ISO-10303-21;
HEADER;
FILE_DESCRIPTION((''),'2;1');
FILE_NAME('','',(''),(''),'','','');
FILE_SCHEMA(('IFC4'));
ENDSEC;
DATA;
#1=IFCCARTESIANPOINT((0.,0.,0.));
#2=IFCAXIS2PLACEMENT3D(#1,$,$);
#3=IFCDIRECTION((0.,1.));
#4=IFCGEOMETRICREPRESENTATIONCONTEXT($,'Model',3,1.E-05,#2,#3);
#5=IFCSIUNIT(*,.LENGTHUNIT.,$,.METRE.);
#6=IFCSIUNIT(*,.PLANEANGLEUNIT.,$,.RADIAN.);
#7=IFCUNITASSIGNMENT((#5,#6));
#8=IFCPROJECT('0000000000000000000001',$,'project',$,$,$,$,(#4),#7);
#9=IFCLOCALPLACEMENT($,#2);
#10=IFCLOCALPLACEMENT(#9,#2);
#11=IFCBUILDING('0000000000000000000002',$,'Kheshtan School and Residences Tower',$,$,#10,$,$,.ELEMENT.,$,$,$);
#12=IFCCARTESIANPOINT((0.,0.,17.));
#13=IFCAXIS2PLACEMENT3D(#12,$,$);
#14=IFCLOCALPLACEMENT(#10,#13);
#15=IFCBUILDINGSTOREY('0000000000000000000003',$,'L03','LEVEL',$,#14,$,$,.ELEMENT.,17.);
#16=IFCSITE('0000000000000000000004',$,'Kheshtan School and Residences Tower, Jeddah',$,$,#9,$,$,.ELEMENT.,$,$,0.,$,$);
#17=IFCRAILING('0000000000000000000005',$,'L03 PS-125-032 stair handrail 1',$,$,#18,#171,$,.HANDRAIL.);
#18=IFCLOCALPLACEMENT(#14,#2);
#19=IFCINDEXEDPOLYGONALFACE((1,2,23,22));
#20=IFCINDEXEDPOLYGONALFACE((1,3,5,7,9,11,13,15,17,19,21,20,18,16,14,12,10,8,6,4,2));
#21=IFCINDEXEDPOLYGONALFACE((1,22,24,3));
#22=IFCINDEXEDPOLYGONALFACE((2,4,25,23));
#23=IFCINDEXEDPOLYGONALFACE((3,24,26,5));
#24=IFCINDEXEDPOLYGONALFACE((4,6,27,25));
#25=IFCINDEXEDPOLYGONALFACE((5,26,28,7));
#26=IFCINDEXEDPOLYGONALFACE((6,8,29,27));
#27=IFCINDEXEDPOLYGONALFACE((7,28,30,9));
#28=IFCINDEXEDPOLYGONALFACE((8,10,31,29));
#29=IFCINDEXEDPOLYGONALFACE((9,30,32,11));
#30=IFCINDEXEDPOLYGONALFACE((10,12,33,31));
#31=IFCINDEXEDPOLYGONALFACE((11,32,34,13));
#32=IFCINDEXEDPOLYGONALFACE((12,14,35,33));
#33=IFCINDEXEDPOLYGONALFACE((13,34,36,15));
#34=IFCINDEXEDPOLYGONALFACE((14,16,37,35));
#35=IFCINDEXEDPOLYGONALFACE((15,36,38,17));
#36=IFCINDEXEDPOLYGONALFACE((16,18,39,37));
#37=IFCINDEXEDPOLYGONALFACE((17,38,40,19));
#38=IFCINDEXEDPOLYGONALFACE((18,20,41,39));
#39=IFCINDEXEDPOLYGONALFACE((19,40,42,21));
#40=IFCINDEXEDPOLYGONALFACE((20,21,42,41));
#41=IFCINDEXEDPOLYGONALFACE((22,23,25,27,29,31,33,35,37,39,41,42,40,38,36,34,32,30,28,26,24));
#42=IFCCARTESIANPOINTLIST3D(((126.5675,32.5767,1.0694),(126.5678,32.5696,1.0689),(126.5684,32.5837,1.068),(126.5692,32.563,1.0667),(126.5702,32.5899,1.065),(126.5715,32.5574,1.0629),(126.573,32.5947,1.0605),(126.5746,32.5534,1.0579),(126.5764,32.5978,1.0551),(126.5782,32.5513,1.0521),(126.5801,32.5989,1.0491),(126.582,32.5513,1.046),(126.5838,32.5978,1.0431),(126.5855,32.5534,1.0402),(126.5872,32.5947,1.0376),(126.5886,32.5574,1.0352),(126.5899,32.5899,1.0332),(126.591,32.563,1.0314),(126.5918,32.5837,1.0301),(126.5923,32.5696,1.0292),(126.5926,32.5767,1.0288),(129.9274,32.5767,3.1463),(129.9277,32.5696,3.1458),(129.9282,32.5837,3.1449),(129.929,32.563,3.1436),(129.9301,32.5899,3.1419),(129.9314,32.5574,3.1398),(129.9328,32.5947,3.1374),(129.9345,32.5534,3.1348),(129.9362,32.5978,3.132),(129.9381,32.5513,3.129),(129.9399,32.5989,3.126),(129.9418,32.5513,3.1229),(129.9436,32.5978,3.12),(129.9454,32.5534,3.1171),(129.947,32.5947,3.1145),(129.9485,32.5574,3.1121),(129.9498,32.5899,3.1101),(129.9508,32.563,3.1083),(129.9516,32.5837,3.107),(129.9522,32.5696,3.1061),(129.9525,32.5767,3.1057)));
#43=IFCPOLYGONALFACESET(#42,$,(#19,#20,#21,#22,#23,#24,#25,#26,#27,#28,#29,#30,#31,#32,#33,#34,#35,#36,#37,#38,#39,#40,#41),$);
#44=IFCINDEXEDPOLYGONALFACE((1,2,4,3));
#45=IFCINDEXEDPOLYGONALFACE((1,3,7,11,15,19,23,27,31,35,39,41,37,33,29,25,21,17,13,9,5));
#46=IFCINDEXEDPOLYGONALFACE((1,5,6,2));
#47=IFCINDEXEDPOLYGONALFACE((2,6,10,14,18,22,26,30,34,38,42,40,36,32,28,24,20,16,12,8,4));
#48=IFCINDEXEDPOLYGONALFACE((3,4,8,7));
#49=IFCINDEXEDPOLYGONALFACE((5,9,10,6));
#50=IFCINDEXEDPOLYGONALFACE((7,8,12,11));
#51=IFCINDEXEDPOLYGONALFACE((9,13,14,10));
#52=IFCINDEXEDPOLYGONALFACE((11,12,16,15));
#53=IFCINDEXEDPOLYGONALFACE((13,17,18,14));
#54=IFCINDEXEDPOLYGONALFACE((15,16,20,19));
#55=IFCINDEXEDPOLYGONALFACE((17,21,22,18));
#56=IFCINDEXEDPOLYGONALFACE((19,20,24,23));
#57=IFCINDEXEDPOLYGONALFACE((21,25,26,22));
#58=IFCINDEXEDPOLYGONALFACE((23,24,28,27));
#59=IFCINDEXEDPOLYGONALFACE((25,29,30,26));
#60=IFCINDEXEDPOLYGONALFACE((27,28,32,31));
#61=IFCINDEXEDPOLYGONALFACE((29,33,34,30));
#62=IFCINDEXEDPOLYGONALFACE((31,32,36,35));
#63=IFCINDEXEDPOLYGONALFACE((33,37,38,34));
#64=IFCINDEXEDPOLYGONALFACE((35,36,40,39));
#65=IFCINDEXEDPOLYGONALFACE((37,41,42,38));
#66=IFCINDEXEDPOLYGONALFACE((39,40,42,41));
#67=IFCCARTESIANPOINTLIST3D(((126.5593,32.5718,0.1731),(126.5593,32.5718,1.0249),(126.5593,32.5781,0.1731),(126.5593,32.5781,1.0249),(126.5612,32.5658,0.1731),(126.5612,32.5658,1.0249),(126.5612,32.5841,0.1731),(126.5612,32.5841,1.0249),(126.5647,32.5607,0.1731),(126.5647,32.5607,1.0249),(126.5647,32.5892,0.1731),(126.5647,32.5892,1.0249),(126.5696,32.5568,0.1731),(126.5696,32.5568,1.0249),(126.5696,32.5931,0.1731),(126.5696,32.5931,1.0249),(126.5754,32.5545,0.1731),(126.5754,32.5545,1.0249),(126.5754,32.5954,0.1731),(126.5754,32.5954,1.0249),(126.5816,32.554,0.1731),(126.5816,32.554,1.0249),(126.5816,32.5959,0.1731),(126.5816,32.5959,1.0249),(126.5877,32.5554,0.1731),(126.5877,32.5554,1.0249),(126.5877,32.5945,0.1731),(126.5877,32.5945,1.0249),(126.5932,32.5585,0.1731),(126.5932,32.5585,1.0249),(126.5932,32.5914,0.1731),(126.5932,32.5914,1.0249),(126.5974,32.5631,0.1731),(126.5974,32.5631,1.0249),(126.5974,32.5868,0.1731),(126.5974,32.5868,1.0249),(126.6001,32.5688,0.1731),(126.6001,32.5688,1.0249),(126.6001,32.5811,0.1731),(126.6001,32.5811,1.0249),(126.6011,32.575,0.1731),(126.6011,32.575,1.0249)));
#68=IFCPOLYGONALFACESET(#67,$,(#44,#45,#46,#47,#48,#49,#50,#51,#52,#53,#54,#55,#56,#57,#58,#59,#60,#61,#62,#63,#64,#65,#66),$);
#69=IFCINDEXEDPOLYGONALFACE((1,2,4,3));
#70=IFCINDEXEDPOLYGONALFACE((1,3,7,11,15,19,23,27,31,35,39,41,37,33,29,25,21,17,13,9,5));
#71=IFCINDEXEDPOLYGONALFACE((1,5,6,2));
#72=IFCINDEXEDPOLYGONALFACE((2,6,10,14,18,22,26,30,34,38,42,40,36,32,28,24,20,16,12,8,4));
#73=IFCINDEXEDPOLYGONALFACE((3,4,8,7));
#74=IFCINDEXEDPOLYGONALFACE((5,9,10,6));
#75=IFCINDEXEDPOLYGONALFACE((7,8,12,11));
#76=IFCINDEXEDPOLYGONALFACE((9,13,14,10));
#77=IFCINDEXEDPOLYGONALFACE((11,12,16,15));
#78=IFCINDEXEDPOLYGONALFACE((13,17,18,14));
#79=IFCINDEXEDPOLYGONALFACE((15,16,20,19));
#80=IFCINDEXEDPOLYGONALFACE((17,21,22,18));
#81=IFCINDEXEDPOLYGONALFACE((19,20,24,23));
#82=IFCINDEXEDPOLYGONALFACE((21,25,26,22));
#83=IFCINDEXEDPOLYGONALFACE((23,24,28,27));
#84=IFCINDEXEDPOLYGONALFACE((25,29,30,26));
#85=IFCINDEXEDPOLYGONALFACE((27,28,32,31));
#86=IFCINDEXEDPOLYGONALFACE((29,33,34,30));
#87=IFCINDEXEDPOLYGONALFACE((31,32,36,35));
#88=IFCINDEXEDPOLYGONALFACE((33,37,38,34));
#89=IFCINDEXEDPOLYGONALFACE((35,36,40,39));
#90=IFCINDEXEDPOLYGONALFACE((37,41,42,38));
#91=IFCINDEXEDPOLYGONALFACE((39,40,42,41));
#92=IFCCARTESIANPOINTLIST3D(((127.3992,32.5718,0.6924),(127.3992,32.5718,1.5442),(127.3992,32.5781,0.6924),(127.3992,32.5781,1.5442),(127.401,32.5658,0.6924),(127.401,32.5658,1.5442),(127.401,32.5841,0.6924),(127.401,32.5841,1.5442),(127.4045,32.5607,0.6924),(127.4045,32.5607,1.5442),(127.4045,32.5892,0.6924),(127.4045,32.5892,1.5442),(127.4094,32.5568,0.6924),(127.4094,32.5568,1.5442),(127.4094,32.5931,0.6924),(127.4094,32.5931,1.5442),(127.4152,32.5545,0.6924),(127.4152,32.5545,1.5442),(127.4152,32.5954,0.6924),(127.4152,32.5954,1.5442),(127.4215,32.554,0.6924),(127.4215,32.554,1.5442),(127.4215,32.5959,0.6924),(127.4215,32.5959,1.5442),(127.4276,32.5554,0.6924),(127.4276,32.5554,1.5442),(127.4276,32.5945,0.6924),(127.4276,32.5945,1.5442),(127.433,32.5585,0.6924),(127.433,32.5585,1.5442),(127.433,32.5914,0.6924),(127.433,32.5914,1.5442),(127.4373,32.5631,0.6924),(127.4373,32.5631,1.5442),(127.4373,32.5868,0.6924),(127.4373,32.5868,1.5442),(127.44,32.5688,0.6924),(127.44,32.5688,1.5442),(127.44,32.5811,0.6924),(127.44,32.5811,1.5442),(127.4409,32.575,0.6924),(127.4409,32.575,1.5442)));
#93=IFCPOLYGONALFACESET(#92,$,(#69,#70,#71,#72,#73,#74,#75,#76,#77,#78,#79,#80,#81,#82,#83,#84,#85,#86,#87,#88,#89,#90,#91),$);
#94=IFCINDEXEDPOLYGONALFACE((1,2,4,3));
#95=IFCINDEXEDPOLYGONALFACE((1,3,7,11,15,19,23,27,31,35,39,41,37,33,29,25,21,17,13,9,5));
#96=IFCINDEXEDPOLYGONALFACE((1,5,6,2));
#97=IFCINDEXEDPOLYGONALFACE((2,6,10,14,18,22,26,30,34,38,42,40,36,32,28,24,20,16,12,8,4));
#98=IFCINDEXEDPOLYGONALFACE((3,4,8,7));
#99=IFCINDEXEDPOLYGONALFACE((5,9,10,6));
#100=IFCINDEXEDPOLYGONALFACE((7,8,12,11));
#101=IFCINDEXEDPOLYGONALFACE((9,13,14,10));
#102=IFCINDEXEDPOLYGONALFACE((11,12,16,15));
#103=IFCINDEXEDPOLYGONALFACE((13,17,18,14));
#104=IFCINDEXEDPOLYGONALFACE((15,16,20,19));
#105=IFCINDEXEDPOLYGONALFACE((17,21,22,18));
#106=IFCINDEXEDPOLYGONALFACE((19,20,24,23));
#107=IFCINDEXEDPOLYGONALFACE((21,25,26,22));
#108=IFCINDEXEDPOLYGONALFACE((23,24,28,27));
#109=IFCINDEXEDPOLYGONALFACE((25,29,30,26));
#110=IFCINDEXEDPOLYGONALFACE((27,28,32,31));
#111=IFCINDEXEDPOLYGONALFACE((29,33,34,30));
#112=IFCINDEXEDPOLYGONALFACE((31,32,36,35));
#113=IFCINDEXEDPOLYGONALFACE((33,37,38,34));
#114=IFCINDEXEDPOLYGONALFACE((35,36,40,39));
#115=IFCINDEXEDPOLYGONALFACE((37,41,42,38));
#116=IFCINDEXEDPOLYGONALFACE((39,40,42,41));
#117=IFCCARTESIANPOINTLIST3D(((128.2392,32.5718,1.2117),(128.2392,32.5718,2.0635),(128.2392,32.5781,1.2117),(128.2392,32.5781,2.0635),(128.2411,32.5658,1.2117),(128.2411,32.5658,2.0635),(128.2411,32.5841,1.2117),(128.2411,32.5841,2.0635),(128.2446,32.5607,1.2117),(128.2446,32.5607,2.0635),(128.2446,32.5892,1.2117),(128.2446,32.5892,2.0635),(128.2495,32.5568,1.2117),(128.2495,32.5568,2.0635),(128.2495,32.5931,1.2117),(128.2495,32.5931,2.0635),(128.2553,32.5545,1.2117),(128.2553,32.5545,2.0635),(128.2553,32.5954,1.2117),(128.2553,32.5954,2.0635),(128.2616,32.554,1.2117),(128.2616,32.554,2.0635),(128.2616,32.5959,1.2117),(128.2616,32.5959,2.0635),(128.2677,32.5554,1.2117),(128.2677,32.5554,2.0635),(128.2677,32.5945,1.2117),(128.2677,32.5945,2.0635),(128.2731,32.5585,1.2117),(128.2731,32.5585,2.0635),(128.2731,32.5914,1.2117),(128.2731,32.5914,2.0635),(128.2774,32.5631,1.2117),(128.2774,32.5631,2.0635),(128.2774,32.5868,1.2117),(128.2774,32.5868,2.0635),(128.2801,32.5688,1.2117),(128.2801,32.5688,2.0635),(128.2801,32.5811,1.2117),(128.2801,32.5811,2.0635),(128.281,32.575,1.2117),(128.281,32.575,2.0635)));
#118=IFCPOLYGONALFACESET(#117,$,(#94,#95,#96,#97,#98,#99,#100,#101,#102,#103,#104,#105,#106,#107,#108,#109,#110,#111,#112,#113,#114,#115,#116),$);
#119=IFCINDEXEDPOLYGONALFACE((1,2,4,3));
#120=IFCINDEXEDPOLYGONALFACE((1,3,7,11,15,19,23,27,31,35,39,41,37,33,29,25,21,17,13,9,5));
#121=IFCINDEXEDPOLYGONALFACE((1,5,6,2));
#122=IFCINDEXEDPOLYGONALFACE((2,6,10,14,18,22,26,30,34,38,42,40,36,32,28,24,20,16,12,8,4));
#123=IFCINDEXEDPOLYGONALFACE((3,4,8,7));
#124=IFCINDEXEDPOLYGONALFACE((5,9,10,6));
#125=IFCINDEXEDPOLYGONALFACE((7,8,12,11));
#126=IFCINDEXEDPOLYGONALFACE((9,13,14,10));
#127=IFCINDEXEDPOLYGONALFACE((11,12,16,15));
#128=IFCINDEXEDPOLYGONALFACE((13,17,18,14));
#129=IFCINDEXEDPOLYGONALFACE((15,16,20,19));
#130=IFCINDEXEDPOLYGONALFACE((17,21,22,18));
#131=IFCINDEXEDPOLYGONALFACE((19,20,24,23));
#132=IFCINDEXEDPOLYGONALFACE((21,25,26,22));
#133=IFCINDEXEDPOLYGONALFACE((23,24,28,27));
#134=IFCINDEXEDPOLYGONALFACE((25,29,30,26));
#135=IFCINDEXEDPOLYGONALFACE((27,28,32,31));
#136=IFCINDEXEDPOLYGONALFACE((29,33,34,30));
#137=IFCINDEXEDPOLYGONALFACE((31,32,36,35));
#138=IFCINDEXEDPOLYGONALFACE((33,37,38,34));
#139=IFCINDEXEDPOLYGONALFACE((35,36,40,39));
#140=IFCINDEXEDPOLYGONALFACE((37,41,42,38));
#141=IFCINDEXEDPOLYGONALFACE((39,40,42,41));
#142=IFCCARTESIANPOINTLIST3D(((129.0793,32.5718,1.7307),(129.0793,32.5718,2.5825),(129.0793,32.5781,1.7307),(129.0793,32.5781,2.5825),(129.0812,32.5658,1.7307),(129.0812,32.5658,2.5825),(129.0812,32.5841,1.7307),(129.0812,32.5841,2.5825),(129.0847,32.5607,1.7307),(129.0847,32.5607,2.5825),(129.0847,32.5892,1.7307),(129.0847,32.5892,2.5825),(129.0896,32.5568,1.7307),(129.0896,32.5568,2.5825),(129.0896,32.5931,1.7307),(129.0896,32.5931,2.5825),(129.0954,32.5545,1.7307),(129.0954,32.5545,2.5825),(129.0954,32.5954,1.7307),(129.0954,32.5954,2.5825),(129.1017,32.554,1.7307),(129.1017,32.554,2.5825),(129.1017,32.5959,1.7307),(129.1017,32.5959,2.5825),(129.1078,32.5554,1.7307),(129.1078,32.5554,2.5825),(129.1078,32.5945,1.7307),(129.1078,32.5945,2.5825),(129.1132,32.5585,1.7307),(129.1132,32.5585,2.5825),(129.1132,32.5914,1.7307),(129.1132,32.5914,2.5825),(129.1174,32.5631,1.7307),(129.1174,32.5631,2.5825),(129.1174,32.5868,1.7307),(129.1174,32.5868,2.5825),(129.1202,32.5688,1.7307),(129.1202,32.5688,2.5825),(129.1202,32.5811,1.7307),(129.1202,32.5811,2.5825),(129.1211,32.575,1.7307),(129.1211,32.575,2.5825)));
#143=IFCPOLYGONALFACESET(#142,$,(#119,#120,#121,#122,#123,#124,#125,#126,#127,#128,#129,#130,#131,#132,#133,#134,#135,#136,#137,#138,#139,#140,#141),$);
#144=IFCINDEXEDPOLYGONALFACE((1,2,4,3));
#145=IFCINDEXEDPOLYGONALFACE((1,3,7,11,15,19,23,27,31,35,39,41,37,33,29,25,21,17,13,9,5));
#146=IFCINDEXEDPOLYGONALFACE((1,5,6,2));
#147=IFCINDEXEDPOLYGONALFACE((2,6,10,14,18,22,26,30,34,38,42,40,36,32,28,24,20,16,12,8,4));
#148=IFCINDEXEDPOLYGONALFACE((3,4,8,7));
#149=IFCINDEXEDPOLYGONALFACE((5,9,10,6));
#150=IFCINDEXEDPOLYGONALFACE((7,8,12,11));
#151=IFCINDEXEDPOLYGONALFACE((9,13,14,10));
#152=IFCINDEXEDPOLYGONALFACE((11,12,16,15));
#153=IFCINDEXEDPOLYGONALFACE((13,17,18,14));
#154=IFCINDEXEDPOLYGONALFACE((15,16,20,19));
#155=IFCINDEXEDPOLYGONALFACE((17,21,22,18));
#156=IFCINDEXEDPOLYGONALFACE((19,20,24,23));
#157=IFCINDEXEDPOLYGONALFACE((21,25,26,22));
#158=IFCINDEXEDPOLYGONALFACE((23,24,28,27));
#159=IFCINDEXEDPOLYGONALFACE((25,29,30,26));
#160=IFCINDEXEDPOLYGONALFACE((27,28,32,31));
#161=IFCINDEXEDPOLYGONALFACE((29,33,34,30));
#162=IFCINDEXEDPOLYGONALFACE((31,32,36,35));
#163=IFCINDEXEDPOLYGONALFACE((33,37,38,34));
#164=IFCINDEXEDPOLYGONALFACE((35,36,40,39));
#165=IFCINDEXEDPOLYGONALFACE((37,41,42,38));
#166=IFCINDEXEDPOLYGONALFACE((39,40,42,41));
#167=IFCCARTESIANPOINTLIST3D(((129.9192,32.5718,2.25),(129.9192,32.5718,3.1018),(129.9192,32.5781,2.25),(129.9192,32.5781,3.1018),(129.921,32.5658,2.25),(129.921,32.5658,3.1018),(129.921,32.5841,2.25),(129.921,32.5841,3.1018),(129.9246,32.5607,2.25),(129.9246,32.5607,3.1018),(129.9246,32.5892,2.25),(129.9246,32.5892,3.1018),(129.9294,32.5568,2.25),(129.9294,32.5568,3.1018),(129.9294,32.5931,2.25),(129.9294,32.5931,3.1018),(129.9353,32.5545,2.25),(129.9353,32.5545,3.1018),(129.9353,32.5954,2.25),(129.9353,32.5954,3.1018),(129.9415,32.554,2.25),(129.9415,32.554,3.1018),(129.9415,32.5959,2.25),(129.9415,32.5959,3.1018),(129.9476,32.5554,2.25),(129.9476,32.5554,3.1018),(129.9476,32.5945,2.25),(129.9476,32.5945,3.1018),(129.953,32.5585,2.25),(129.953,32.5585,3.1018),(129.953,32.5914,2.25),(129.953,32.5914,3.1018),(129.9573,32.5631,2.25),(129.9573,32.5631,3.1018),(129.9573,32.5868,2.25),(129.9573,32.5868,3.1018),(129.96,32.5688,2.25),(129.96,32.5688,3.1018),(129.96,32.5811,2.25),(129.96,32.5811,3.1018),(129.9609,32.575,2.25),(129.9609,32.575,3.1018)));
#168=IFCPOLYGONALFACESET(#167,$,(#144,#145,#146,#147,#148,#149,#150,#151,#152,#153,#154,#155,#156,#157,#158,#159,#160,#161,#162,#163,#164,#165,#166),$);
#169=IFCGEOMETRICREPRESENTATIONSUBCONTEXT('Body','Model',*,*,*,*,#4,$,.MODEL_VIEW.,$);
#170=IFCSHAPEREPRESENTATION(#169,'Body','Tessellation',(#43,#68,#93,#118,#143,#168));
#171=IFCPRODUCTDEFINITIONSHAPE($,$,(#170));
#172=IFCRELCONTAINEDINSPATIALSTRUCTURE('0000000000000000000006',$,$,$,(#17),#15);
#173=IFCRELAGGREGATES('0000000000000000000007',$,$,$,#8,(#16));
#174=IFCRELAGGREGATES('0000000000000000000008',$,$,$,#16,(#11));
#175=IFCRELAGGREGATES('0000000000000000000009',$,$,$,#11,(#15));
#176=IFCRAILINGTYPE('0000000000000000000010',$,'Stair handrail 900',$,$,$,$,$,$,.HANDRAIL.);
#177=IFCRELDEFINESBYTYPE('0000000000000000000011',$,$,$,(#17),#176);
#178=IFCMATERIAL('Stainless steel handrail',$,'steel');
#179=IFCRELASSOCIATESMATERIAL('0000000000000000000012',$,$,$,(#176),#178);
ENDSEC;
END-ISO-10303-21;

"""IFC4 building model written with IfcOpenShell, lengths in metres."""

from ifc_helpers import new_model, si_unit, direction, frame, origin, origin_2d, place, context, subcontext, project, spatial, circle, extrude, material, type_object, element, save


model = new_model("IFC4")

# Units and contexts
model_context = context("Model", 3, precision=1e-05, world=origin(), true_north=direction((0.0, 1.0)))
body_context = subcontext(model_context, "Body", "Model", "MODEL_VIEW")
ifc_project = project(units=[si_unit("LENGTHUNIT", "METRE"), si_unit("PLANEANGLEUNIT", "RADIAN")], contexts=[model_context])

# Site, building, storey
site_placement = place(None, origin())
site = spatial("IfcSite", under=ifc_project, at=site_placement, Name="Kheshtan School and Residences Tower, Jeddah", CompositionType="ELEMENT", RefElevation=0.0)
building_placement = place(site_placement, origin())
building = spatial("IfcBuilding", under=site, at=building_placement, Name="Kheshtan School and Residences Tower", CompositionType="ELEMENT")
storey_placement = place(building_placement, frame((0.0, 0.0, 17.0)))
storey = spatial("IfcBuildingStorey", under=building, at=storey_placement, Name="L03", Description="LEVEL", CompositionType="ELEMENT", Elevation=17.0)

# Railing
ifc_material_1 = material(Name="Stainless steel handrail", Category="steel")
railing_type_1 = type_object("IfcRailingType", Name="Stair handrail 900", PredefinedType="HANDRAIL", material=ifc_material_1)
railing_1_placement = place(storey_placement, frame((126.5801, 32.575, 0.1731)))
element("IfcRailing", 1, at=railing_1_placement, inside=storey, type_object=railing_type_1, Name="L03 PS-125-032 stair handrail 1", PredefinedType="HANDRAIL", context=body_context, shape_type="SweptSolid", body=[
    extrude(circle(Radius=0.0239, at=origin_2d()), frame((0.0, 0.0, 0.876), z_axis=(0.850606, 0.0, 0.525803), x_axis=(0.0, 1.0, 0.0)), (0.0, 0.0, 1.0), 3.95),
    extrude(circle(Radius=0.021, at=origin_2d()), origin(), (0.0, 0.0, 1.0), 0.8518),
    extrude(circle(Radius=0.021, at=origin_2d()), frame((0.8398, 0.0, 0.5193)), (0.0, 0.0, 1.0), 0.8518),
    extrude(circle(Radius=0.021, at=origin_2d()), frame((1.6799, 0.0, 1.0386)), (0.0, 0.0, 1.0), 0.8518),
    extrude(circle(Radius=0.021, at=origin_2d()), frame((2.52, 0.0, 1.5576)), (0.0, 0.0, 1.0), 0.8518),
    extrude(circle(Radius=0.021, at=origin_2d()), frame((3.3599, 0.0, 2.0769)), (0.0, 0.0, 1.0), 0.8518),
])

save(model, "model.ifc")
